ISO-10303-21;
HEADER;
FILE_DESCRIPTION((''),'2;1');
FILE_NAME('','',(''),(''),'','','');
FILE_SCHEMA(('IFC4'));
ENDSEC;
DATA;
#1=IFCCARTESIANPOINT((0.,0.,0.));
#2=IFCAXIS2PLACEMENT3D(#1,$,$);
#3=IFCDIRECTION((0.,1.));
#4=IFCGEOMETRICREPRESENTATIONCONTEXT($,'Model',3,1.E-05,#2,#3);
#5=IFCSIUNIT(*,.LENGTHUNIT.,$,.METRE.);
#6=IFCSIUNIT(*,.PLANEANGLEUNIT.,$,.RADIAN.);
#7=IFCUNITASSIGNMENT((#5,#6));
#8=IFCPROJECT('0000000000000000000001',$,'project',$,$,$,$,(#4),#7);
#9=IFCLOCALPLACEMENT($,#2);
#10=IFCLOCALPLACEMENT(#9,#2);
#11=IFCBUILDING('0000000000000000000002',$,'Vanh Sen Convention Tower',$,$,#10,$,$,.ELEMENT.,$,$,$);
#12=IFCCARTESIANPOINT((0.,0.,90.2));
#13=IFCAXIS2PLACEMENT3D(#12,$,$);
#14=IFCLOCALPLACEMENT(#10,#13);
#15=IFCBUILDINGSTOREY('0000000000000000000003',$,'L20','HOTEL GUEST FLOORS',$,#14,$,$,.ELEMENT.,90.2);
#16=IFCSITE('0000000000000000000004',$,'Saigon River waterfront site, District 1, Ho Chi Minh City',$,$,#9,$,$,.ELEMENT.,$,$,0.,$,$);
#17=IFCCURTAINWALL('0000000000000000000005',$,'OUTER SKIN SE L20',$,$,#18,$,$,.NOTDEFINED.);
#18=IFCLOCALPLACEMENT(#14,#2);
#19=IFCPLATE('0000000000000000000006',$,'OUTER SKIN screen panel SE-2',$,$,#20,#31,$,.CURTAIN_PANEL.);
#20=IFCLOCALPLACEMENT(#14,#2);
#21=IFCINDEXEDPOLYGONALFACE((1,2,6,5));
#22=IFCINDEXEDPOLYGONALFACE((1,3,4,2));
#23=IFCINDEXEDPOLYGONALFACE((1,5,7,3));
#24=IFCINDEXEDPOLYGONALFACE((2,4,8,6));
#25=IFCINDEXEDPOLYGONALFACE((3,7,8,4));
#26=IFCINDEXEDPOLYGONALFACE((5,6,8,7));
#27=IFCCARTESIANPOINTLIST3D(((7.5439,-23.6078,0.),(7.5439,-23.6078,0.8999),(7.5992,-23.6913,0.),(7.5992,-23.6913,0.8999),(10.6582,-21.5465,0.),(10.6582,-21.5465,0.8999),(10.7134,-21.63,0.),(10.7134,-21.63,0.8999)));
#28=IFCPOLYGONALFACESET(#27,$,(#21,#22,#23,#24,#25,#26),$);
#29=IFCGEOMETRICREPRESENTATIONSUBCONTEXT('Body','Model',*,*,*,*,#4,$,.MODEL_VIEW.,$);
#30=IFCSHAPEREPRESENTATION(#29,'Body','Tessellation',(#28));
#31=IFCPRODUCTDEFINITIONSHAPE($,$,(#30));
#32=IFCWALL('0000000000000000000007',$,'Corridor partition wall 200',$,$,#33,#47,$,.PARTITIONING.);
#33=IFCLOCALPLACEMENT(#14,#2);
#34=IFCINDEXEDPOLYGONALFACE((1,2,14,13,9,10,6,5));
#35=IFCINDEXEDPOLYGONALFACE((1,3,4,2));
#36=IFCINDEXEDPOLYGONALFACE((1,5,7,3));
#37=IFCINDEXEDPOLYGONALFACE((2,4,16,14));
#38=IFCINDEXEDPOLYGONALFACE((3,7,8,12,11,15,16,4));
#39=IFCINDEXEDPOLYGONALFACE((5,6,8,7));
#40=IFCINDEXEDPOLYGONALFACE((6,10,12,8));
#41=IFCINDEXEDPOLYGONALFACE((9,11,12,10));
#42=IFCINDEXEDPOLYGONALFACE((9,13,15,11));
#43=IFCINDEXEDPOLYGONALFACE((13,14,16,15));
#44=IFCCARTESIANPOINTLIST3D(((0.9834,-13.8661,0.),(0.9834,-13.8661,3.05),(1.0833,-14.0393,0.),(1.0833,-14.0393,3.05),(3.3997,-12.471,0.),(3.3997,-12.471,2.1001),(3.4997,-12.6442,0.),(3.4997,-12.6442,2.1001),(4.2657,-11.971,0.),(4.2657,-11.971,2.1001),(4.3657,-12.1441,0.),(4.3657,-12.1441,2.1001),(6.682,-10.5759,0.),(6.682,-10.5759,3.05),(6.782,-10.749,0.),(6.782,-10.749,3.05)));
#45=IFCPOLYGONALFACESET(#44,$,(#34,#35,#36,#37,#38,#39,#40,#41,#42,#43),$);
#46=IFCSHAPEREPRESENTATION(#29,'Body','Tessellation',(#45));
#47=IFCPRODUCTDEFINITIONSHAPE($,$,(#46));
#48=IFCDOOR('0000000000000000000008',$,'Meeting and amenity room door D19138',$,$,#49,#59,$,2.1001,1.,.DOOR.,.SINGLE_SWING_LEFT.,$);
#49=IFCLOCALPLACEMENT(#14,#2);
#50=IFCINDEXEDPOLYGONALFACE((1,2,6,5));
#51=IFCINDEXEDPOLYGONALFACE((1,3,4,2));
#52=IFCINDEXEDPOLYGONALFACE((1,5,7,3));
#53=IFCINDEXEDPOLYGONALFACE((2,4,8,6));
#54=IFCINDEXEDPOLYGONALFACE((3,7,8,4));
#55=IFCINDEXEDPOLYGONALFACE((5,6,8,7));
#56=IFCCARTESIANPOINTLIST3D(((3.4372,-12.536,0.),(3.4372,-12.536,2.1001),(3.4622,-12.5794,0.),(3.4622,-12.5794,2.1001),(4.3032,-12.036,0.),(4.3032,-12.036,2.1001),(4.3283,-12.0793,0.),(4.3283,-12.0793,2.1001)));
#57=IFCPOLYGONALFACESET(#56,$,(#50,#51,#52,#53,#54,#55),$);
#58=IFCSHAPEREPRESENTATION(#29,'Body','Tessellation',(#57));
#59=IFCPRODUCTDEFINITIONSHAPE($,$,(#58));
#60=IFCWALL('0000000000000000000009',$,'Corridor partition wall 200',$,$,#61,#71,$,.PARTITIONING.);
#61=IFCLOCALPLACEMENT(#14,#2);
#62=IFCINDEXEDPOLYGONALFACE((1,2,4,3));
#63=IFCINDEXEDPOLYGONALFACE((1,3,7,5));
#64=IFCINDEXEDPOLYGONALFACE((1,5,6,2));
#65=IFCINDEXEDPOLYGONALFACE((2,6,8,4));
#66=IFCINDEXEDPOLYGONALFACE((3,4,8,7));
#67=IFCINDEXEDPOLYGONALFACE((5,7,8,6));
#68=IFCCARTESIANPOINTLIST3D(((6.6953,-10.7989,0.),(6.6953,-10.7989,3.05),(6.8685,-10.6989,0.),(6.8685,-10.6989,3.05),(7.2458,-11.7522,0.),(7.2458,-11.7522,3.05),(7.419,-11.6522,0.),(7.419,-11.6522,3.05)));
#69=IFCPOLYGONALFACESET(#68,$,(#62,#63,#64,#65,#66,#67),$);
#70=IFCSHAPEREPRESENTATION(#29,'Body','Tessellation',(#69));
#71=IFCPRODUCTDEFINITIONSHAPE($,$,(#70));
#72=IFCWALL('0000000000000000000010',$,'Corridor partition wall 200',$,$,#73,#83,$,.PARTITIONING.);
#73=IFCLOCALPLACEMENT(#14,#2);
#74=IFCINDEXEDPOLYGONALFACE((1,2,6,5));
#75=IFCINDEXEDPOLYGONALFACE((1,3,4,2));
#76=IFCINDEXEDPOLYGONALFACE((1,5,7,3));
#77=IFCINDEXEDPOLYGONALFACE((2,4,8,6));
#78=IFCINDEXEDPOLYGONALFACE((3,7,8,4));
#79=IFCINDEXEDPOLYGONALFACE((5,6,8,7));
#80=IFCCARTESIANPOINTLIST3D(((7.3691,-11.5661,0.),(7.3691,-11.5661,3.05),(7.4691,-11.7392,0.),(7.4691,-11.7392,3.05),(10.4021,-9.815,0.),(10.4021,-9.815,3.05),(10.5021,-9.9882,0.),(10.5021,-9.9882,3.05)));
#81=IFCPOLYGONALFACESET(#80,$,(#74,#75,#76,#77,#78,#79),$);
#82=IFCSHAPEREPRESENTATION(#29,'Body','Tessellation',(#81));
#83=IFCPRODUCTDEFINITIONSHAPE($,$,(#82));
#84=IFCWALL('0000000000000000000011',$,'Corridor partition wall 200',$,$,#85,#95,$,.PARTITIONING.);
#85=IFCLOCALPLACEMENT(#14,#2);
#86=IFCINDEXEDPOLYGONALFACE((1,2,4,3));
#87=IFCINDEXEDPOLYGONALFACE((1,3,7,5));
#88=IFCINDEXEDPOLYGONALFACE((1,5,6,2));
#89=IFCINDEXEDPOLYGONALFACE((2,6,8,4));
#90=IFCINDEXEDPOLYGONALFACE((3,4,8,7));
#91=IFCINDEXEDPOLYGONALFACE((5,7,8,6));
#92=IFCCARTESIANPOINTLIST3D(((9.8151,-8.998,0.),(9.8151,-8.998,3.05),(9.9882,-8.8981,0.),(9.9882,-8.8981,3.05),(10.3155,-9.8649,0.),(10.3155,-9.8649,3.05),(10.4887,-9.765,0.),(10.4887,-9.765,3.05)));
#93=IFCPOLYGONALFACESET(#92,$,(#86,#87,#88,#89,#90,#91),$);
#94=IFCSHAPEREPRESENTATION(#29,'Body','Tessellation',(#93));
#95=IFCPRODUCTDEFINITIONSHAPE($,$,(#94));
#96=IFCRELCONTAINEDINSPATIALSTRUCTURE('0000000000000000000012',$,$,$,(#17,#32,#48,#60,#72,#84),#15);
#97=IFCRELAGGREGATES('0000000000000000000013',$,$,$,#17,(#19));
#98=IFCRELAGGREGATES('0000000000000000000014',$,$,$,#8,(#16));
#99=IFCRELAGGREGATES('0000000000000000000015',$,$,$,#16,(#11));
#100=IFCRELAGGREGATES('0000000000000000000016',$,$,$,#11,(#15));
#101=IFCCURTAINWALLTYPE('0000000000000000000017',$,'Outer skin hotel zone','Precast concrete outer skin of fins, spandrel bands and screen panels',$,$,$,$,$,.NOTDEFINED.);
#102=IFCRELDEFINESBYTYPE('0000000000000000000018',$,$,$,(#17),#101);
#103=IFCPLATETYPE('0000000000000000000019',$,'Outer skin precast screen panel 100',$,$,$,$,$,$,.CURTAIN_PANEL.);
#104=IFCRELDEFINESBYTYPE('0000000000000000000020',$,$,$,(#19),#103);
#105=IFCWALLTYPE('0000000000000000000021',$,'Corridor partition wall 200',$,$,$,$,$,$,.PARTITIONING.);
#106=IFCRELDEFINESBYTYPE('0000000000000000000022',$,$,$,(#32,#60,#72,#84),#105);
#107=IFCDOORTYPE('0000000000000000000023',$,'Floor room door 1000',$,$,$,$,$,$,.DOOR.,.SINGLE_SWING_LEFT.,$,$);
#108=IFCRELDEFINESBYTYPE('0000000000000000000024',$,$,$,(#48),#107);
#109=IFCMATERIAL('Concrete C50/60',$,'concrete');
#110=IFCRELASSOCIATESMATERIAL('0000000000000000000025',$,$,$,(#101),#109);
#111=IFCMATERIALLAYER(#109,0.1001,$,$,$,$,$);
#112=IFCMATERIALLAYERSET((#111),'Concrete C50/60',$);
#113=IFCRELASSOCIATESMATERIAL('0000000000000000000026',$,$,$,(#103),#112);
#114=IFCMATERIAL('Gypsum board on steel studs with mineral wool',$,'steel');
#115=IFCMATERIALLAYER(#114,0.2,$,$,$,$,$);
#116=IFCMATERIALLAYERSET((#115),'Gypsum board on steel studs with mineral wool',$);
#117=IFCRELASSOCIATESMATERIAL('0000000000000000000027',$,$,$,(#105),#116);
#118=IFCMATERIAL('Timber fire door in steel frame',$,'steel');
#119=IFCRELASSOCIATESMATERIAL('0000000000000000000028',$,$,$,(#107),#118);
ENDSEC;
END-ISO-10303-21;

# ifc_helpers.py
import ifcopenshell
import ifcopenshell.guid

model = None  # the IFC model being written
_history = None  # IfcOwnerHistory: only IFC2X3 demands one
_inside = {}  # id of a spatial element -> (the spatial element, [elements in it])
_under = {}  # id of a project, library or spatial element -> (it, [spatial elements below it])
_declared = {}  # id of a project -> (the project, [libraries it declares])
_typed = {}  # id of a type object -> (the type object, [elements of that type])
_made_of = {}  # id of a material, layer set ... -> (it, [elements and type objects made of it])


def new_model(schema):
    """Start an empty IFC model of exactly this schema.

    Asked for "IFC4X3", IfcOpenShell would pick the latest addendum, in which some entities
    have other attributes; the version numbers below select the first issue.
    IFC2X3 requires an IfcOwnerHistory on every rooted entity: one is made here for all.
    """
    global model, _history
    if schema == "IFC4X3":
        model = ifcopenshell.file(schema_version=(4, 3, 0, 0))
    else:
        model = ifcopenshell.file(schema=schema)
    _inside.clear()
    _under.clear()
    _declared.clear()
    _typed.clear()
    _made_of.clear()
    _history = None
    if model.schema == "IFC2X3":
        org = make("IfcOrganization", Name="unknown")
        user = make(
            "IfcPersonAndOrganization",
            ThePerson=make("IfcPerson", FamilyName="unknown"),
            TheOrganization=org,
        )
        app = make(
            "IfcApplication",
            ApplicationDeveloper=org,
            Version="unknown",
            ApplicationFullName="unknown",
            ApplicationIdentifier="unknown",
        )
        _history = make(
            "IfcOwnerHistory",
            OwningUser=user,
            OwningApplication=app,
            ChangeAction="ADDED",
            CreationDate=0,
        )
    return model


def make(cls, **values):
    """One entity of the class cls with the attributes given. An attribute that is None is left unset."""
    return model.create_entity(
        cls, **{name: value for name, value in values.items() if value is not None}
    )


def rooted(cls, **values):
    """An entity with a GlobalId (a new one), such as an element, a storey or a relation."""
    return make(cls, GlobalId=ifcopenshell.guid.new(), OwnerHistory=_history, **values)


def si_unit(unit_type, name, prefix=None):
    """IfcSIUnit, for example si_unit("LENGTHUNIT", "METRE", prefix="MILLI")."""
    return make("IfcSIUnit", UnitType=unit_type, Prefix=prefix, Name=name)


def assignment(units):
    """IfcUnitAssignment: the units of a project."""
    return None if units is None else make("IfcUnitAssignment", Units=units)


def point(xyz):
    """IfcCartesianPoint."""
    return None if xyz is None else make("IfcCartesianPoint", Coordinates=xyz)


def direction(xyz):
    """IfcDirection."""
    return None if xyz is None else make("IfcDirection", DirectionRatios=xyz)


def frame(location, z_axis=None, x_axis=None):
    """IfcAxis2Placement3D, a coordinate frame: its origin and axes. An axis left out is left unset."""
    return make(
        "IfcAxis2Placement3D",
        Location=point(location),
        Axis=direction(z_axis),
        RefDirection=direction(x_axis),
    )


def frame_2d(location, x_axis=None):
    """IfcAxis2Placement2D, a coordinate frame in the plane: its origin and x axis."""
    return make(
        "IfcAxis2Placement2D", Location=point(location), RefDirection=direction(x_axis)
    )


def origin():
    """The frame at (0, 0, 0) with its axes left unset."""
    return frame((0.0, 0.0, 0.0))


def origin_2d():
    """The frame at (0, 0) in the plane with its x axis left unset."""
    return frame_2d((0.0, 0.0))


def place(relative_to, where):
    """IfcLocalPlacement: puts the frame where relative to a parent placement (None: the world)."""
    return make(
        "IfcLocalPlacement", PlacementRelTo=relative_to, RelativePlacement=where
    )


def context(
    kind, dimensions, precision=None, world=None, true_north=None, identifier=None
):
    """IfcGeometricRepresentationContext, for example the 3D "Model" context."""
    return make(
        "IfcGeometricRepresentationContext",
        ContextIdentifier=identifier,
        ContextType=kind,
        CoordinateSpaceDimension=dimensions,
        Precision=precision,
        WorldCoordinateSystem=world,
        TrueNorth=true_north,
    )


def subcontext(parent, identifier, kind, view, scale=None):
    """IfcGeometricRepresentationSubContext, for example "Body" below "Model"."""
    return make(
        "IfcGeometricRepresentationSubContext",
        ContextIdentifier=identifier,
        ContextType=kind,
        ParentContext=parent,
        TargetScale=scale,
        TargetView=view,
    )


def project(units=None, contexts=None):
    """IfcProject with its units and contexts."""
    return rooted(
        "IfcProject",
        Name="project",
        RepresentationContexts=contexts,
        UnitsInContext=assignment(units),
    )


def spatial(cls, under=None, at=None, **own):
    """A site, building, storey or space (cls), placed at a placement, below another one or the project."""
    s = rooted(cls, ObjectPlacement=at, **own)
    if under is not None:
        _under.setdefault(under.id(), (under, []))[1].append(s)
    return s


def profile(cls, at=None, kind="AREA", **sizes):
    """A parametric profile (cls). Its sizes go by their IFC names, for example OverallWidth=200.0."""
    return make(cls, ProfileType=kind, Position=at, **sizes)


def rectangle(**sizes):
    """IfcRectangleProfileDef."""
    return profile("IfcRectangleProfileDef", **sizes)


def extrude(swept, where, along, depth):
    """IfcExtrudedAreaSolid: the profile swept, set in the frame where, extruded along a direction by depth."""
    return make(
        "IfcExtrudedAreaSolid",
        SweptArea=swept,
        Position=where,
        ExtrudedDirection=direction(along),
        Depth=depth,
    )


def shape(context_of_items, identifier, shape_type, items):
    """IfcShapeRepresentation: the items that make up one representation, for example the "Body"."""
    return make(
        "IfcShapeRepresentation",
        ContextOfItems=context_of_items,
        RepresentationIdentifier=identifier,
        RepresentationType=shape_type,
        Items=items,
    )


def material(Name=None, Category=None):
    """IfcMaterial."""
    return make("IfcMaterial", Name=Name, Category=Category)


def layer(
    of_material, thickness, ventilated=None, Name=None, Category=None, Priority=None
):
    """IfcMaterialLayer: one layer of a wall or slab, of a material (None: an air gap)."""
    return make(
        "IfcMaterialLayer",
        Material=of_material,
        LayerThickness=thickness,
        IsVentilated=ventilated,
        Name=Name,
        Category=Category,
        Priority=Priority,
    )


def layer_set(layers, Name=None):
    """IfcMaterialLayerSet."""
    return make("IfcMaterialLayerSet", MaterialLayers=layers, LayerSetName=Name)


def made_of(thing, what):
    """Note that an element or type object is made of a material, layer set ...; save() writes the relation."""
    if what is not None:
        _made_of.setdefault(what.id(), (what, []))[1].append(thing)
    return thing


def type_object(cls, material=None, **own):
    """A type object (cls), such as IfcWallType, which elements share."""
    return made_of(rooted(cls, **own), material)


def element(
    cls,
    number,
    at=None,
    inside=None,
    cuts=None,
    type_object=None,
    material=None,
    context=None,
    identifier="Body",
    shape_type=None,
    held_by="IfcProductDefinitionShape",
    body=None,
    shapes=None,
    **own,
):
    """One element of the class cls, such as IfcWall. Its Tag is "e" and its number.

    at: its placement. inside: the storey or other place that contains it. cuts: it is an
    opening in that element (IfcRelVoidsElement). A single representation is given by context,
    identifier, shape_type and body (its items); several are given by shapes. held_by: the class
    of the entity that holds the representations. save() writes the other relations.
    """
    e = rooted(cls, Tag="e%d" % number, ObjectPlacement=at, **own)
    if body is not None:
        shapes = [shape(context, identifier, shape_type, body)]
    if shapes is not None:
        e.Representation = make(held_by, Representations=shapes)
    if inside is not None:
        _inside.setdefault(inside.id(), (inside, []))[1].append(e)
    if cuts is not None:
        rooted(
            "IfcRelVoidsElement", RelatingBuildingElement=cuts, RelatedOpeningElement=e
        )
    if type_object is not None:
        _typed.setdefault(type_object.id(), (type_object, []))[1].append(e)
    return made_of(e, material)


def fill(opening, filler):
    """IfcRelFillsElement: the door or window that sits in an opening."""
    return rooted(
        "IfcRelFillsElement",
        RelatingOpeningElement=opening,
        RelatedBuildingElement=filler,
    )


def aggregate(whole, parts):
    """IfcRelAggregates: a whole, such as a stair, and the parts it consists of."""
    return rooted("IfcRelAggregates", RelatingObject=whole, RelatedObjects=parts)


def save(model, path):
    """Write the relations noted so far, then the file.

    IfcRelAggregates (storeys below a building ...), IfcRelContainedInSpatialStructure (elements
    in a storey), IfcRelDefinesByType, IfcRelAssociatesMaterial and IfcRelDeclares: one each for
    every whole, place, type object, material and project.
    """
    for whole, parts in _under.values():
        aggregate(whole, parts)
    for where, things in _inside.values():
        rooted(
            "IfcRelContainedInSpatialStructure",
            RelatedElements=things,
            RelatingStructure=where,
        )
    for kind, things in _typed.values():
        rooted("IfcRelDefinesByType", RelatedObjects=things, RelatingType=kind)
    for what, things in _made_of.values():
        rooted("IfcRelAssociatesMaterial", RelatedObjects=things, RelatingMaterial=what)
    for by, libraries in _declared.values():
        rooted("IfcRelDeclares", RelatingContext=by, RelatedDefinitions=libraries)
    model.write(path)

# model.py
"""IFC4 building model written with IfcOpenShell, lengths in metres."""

from ifc_helpers import new_model, si_unit, direction, frame, frame_2d, origin, origin_2d, place, context, subcontext, project, spatial, rectangle, extrude, material, layer, layer_set, type_object, element, fill, aggregate, save


model = new_model("IFC4")

# Units and contexts
model_context = context("Model", 3, precision=1e-05, world=origin(), true_north=direction((0.0, 1.0)))
body_context = subcontext(model_context, "Body", "Model", "MODEL_VIEW")
ifc_project = project(units=[si_unit("LENGTHUNIT", "METRE"), si_unit("PLANEANGLEUNIT", "RADIAN")], contexts=[model_context])

# Site, building, storey
site_placement = place(None, origin())
site = spatial("IfcSite", under=ifc_project, at=site_placement, Name="Saigon River waterfront site, District 1, Ho Chi Minh City", CompositionType="ELEMENT", RefElevation=0.0)
building_placement = place(site_placement, origin())
building = spatial("IfcBuilding", under=site, at=building_placement, Name="Vanh Sen Convention Tower", CompositionType="ELEMENT")
storey_placement = place(building_placement, frame((0.0, 0.0, 90.2)))
storey = spatial("IfcBuildingStorey", under=building, at=storey_placement, Name="L20", Description="HOTEL GUEST FLOORS", CompositionType="ELEMENT", Elevation=90.2)

# Curtain wall
ifc_material_1 = material(Name="Concrete C50/60", Category="concrete")
curtain_wall_type = type_object("IfcCurtainWallType", Name="Outer skin hotel zone", Description="Precast concrete outer skin of fins, spandrel bands and screen panels", PredefinedType="NOTDEFINED", material=ifc_material_1)
curtain_wall_1_placement = place(storey_placement, origin())
curtain_wall_1 = element("IfcCurtainWall", 1, at=curtain_wall_1_placement, inside=storey, type_object=curtain_wall_type, Name="OUTER SKIN SE L20", PredefinedType="NOTDEFINED")

# Shared definitions
ifc_layer_1 = layer(ifc_material_1, 0.1001)
ifc_layer_set_1 = layer_set([ifc_layer_1], Name="Concrete C50/60")
plate_type = type_object("IfcPlateType", Name="Outer skin precast screen panel 100", PredefinedType="CURTAIN_PANEL", material=ifc_layer_set_1)

# Plate
plate_1_placement = place(storey_placement, frame((9.1287, -22.6189, 0.0), z_axis=(0.0, 0.0, 1.0), x_axis=(0.833892, 0.551928, 0.0)))
plate_1 = element("IfcPlate", 2, at=plate_1_placement, type_object=plate_type, Name="OUTER SKIN screen panel SE-2", PredefinedType="CURTAIN_PANEL", context=body_context, shape_type="SweptSolid", body=[
    extrude(rectangle(XDim=3.7346, YDim=0.1001, at=origin_2d()), origin(), (0.0, 0.0, 1.0), 0.8999),
])
aggregate(curtain_wall_1, [plate_1])

# Wall, opening, door
ifc_material_2 = material(Name="Gypsum board on steel studs with mineral wool", Category="steel")
ifc_layer_2 = layer(ifc_material_2, 0.2)
ifc_layer_set_2 = layer_set([ifc_layer_2], Name="Gypsum board on steel studs with mineral wool")
wall_type_1 = type_object("IfcWallType", Name="Corridor partition wall 200", PredefinedType="PARTITIONING", material=ifc_layer_set_2)
wall_1_placement = place(storey_placement, frame((1.0334, -13.9526, 0.0), z_axis=(0.0, 0.0, 1.0), x_axis=(0.866018, 0.500014, 0.0)))
wall_1 = element("IfcWall", 3, at=wall_1_placement, inside=storey, type_object=wall_type_1, Name="Corridor partition wall 200", PredefinedType="PARTITIONING", context=body_context, shape_type="SweptSolid", body=[
    extrude(rectangle(XDim=6.5803, YDim=0.2, at=frame_2d((3.29, 0.0))), origin(), (0.0, 0.0, 1.0), 3.05),
])
opening_1_placement = place(wall_1_placement, frame((2.79, 0.0, 0.0)))
opening_1 = element("IfcOpeningElement", 4, at=opening_1_placement, cuts=wall_1, PredefinedType="OPENING", context=body_context, shape_type="SweptSolid", body=[
    extrude(rectangle(XDim=1.0, YDim=2.1001, at=frame_2d((0.5, 1.05))), frame((0.0, 0.1099, 0.0), z_axis=(0.0, -1.0, 0.0), x_axis=(1.0, 0.0, 0.0)), (0.0, 0.0, 1.0), 0.22),
])
ifc_material_3 = material(Name="Timber fire door in steel frame", Category="steel")
door_type = type_object("IfcDoorType", Name="Floor room door 1000", OperationType="SINGLE_SWING_LEFT", PredefinedType="DOOR", material=ifc_material_3)
door_placement = place(opening_1_placement, origin())
door = element("IfcDoor", 5, at=door_placement, inside=storey, type_object=door_type, Name="Meeting and amenity room door D19138", OperationType="SINGLE_SWING_LEFT", OverallHeight=2.1001, OverallWidth=1.0, PredefinedType="DOOR", context=body_context, shape_type="SweptSolid", body=[
    extrude(rectangle(XDim=1.0, YDim=2.1001, at=frame_2d((0.5, 1.05))), frame((0.0, 0.0249, 0.0), z_axis=(0.0, -1.0, 0.0), x_axis=(1.0, 0.0, 0.0)), (0.0, 0.0, 1.0), 0.05),
])
fill(opening_1, door)

# Walls
wall_2_placement = place(storey_placement, frame((6.782, -10.749, 0.0), z_axis=(0.0, 0.0, 1.0), x_axis=(0.500074, -0.865982, 0.0)))
element("IfcWall", 6, at=wall_2_placement, inside=storey, type_object=wall_type_1, Name="Corridor partition wall 200", PredefinedType="PARTITIONING", context=body_context, shape_type="SweptSolid", body=[
    extrude(rectangle(XDim=1.1008, YDim=0.2, at=frame_2d((0.5503, 0.0))), origin(), (0.0, 0.0, 1.0), 3.05),
])
wall_3_placement = place(storey_placement, frame((7.4192, -11.6526, 0.0), z_axis=(0.0, 0.0, 1.0), x_axis=(0.866038, 0.499978, 0.0)))
element("IfcWall", 7, at=wall_3_placement, inside=storey, type_object=wall_type_1, Name="Corridor partition wall 200", PredefinedType="PARTITIONING", context=body_context, shape_type="SweptSolid", body=[
    extrude(rectangle(XDim=3.5022, YDim=0.2, at=frame_2d((1.751, 0.0))), origin(), (0.0, 0.0, 1.0), 3.05),
])
wall_4_placement = place(storey_placement, frame((10.4021, -9.8149, 0.0), z_axis=(0.0, 0.0, 1.0), x_axis=(-0.499969, 0.866043, 0.0)))
element("IfcWall", 8, at=wall_4_placement, inside=storey, type_object=wall_type_1, Name="Corridor partition wall 200", PredefinedType="PARTITIONING", context=body_context, shape_type="SweptSolid", body=[
    extrude(rectangle(XDim=1.001, YDim=0.2, at=frame_2d((0.5005, 0.0))), origin(), (0.0, 0.0, 1.0), 3.05),
])

save(model, "model.ifc")
